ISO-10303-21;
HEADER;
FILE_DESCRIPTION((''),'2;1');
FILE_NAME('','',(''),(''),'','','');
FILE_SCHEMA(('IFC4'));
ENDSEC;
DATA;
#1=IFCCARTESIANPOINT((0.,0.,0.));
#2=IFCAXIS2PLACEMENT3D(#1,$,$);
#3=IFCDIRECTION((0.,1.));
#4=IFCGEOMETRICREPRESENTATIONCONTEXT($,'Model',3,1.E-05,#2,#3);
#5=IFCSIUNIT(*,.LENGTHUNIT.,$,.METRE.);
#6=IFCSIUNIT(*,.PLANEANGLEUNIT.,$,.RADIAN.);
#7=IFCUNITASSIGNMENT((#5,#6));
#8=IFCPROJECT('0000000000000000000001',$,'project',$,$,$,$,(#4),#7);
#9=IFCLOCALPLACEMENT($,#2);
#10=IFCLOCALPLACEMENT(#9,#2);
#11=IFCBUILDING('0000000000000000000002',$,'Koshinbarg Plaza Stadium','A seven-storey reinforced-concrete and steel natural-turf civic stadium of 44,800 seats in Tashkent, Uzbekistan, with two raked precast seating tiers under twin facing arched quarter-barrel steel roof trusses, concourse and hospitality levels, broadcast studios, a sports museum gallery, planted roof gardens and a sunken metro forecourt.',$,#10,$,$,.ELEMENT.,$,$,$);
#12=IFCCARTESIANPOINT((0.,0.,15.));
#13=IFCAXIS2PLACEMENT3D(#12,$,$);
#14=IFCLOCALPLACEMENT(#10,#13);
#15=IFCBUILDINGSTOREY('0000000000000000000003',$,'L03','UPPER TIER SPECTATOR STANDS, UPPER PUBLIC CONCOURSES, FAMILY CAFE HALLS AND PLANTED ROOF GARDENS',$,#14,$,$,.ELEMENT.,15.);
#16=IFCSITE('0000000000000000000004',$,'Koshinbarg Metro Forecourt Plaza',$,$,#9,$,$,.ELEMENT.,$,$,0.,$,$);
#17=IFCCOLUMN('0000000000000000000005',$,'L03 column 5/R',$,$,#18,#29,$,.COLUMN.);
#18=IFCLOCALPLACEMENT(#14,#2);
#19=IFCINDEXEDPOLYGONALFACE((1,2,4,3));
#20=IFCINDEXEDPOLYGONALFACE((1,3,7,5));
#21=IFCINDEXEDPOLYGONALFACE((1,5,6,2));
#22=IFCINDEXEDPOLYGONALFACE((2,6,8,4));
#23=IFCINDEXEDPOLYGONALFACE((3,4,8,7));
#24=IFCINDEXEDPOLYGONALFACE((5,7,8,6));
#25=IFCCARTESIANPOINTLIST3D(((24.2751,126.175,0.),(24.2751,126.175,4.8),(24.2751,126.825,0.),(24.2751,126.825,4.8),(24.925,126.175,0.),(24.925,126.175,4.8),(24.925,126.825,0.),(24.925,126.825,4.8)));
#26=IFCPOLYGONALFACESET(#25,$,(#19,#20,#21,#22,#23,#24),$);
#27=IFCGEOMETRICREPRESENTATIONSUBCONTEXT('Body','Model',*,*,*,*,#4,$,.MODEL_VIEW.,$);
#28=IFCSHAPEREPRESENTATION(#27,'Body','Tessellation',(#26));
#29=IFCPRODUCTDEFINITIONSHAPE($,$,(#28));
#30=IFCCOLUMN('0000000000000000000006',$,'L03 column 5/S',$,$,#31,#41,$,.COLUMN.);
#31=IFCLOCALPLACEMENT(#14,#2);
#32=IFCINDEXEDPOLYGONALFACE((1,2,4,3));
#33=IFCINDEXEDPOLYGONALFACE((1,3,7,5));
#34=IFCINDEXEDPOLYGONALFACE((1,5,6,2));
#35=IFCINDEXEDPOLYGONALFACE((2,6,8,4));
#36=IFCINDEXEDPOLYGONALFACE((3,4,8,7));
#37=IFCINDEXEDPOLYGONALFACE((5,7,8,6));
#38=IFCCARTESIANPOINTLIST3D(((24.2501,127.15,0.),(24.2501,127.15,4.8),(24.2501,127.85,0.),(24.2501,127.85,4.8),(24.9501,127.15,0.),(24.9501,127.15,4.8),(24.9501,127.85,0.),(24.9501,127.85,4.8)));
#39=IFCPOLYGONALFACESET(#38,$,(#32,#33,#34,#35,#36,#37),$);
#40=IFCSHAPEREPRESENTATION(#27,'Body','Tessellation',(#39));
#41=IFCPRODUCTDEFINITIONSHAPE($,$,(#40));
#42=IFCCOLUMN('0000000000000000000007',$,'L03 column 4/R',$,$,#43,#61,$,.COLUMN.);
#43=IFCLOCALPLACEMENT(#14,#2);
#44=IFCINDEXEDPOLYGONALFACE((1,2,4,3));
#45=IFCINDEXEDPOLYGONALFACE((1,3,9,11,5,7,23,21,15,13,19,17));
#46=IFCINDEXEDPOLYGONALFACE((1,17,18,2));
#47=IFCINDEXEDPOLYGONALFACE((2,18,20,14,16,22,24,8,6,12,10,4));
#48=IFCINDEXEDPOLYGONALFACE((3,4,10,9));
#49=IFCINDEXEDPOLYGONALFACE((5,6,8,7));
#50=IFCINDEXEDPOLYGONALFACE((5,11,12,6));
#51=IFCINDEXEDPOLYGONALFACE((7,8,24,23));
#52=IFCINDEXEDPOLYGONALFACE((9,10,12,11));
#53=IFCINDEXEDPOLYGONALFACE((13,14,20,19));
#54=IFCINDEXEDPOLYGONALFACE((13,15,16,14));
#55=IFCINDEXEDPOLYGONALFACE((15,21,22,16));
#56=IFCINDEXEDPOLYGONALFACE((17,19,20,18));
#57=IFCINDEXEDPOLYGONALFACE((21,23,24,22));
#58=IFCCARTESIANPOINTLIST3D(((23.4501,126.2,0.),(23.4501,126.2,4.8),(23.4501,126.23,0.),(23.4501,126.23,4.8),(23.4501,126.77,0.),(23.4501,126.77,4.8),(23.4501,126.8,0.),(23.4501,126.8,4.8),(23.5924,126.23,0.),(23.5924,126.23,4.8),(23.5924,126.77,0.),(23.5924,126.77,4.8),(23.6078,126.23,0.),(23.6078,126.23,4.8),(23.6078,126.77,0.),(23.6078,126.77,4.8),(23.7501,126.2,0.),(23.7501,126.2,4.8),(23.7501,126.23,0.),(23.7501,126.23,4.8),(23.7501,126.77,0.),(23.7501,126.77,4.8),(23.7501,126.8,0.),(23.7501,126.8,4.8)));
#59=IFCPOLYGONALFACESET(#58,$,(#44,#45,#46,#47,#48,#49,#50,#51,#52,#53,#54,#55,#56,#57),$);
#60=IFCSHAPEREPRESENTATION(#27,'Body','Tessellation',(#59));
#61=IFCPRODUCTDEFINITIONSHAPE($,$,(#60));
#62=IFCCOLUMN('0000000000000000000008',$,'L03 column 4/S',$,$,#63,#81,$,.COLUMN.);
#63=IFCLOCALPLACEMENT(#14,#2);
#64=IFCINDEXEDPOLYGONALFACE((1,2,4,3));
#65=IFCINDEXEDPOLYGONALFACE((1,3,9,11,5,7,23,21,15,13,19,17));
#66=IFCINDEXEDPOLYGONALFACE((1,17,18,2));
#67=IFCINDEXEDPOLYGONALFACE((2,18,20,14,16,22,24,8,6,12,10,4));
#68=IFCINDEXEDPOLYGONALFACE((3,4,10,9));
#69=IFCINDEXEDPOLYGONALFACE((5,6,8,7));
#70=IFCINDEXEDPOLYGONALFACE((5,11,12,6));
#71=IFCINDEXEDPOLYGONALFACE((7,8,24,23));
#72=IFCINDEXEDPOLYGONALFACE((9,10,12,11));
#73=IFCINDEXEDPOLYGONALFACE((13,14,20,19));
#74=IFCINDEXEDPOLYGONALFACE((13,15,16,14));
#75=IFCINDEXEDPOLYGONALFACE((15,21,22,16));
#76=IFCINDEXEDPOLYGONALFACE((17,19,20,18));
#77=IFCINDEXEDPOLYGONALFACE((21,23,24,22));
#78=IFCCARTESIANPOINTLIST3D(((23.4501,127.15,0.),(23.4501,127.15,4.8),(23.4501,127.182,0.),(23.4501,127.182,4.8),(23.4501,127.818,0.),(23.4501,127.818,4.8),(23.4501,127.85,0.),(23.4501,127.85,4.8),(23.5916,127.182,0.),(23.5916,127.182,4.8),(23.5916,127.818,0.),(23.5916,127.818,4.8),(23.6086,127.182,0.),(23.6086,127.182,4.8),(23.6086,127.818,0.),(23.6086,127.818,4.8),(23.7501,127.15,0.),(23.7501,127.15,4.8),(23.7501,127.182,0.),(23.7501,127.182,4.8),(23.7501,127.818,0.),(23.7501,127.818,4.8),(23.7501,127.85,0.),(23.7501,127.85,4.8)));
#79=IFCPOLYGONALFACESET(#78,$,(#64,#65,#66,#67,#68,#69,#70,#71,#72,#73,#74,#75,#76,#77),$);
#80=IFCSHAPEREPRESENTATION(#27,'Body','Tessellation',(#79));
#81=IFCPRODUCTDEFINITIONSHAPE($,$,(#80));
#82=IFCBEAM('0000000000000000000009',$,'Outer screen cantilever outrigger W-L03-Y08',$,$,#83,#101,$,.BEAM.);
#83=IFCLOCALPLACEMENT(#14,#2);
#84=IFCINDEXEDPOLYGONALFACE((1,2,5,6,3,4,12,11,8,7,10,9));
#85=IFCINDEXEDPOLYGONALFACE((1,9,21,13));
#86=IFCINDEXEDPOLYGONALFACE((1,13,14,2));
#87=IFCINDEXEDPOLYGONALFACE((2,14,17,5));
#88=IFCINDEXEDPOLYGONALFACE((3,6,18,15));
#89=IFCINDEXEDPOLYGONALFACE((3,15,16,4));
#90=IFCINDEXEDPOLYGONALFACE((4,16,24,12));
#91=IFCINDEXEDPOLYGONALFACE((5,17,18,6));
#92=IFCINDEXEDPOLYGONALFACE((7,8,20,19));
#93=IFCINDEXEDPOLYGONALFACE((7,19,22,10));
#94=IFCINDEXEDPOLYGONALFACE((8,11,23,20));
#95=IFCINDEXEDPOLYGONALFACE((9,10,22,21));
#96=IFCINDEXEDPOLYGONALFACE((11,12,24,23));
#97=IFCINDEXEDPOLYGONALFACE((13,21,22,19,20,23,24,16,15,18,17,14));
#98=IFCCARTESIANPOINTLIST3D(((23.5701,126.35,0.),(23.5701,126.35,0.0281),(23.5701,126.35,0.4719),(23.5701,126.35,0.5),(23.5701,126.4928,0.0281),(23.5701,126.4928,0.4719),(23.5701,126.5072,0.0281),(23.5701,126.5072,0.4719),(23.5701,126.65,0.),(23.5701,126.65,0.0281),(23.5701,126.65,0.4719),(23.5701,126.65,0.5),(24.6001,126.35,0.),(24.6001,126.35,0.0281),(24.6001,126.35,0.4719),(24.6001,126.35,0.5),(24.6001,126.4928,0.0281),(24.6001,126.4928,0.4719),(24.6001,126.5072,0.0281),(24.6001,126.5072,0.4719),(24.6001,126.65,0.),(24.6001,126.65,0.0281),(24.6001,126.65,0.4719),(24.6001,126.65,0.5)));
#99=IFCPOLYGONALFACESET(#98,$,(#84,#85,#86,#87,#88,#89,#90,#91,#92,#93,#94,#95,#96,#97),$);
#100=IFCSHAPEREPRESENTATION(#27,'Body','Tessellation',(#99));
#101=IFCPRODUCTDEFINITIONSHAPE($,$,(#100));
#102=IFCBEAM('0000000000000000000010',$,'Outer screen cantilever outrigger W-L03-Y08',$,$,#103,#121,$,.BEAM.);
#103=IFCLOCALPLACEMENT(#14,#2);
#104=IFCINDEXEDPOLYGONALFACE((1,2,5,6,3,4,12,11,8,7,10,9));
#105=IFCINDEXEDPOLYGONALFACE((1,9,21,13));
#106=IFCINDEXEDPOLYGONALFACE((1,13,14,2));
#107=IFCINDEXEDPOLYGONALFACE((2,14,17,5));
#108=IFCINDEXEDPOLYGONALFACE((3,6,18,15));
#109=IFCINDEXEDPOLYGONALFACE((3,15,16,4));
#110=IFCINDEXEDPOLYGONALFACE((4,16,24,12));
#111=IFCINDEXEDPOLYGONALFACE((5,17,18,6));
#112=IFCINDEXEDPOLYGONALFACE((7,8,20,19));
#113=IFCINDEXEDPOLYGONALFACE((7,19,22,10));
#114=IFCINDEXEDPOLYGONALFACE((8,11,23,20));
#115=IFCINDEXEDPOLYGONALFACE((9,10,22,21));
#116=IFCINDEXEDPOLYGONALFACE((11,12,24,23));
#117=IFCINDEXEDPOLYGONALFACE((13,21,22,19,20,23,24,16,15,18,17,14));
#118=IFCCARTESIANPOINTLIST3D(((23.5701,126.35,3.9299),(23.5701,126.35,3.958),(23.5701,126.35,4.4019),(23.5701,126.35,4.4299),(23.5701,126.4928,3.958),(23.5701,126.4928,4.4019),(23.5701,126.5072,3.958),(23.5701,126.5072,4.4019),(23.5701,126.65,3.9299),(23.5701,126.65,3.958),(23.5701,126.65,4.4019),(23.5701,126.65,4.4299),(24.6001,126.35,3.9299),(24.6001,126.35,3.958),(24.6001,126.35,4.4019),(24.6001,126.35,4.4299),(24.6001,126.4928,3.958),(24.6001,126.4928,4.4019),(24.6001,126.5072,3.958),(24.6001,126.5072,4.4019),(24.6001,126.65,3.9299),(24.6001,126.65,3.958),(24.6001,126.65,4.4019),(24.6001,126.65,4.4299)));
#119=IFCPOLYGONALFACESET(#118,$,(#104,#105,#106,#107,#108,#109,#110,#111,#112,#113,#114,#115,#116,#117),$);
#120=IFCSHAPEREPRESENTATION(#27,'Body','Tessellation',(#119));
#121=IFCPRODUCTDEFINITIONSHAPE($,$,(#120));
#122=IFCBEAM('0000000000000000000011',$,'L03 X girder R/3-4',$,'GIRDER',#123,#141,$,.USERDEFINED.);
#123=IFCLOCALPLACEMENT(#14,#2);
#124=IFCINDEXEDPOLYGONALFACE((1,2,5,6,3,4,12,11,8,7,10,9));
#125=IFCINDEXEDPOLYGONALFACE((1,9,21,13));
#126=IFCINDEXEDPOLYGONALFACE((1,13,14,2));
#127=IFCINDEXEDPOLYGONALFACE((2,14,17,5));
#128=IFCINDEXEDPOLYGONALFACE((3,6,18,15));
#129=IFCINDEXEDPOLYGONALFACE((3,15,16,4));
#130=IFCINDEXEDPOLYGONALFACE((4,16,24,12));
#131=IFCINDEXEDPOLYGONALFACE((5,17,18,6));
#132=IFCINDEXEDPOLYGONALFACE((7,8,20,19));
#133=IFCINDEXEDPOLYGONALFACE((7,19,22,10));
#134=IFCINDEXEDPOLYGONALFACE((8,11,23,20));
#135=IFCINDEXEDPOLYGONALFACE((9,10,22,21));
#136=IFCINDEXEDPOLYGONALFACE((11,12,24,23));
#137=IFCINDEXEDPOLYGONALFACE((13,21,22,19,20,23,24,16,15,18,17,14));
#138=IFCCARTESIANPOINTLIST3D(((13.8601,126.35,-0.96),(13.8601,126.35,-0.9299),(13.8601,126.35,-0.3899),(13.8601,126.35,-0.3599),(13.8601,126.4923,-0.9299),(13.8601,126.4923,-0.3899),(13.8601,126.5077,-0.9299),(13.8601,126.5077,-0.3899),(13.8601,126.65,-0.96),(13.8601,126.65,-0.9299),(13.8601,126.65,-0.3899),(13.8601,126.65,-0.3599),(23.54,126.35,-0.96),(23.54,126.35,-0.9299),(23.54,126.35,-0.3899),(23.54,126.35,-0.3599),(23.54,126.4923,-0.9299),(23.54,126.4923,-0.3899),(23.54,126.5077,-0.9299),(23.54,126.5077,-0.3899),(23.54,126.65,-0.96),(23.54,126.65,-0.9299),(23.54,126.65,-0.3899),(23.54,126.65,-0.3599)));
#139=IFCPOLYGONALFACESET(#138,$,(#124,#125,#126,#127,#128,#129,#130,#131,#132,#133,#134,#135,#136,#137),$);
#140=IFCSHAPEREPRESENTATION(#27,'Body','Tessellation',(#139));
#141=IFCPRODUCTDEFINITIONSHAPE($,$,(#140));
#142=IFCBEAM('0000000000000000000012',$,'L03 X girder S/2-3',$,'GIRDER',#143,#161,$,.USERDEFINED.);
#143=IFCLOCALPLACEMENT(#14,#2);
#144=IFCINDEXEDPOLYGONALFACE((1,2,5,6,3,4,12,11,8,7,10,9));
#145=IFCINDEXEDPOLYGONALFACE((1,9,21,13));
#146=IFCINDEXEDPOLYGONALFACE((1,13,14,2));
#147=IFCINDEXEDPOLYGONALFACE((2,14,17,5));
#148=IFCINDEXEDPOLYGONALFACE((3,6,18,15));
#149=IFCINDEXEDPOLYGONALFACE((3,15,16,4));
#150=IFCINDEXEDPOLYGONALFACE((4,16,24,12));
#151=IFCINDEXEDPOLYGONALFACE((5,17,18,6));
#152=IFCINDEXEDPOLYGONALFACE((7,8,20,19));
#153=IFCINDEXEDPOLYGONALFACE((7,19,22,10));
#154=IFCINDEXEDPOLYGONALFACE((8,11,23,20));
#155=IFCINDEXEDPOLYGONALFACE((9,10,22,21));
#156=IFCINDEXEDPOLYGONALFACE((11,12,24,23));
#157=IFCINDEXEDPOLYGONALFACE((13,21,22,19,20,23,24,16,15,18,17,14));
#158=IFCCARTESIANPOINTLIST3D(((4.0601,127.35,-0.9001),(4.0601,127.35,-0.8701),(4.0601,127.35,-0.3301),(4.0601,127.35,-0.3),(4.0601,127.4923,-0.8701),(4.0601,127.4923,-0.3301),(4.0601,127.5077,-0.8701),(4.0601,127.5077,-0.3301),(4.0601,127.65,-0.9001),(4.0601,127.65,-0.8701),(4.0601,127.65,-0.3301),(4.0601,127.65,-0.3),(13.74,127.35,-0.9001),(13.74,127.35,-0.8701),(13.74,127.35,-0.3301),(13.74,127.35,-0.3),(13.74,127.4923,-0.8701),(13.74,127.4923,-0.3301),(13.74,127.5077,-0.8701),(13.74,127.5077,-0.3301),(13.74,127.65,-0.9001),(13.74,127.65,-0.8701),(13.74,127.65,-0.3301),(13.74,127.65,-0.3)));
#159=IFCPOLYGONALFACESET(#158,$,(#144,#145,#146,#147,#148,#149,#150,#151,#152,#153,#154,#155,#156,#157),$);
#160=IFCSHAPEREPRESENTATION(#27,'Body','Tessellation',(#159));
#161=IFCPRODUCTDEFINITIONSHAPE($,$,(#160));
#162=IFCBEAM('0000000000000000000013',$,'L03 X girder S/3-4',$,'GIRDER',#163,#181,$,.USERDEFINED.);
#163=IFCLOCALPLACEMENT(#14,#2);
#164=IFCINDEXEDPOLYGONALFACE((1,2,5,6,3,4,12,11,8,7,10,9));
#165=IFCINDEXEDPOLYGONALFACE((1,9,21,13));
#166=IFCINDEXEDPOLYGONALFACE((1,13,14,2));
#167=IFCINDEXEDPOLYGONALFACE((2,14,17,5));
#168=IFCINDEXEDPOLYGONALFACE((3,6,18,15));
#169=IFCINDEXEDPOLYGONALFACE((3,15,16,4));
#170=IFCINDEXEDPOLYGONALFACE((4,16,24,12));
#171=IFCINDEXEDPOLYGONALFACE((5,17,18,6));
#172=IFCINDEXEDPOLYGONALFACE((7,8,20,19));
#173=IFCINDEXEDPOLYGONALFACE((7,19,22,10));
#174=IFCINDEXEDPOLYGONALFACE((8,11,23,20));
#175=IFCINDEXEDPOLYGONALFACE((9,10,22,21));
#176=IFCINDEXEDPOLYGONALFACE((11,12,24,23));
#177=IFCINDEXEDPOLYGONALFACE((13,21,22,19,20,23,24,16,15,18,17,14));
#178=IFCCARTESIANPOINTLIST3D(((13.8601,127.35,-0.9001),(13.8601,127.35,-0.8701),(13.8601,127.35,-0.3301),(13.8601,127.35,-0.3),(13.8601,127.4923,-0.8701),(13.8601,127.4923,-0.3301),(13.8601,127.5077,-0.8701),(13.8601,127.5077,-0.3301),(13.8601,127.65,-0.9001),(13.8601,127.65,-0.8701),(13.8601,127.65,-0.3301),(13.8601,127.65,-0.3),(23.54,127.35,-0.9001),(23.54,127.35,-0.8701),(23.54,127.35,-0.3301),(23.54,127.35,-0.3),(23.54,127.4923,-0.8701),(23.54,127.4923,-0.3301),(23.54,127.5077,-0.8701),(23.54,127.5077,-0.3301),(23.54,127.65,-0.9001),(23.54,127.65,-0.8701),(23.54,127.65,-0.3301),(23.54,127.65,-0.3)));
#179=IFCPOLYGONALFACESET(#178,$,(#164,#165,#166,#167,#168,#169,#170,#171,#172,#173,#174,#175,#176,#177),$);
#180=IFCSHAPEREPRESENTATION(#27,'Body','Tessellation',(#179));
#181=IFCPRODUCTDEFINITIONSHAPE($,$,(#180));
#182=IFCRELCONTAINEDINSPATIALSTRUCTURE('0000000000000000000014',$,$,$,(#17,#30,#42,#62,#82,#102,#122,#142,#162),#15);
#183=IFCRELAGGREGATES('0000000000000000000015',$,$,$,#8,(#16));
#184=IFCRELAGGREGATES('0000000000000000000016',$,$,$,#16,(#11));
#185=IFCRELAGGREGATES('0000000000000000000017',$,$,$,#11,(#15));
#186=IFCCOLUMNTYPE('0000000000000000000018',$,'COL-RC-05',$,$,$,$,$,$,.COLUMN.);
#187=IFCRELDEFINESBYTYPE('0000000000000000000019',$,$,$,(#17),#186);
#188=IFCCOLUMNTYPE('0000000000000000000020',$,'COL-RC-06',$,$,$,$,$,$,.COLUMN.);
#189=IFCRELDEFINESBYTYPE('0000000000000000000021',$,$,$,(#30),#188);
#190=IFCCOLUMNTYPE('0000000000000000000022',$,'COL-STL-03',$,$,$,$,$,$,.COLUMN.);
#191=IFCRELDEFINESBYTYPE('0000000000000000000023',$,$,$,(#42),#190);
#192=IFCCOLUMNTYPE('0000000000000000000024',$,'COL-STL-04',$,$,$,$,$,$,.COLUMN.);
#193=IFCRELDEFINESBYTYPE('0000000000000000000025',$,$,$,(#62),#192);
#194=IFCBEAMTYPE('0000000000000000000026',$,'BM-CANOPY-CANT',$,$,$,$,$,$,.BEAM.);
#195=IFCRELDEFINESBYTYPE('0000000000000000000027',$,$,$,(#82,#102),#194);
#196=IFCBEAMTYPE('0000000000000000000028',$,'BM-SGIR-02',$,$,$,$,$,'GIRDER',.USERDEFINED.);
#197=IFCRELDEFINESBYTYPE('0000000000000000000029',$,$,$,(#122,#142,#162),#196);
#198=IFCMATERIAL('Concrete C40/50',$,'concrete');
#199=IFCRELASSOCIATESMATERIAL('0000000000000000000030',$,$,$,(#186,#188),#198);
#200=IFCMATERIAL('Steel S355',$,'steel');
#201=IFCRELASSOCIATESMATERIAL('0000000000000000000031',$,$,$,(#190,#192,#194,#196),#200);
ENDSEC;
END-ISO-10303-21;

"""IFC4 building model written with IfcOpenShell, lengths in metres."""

from ifc_helpers import new_model, si_unit, direction, frame, origin, origin_2d, place, context, subcontext, project, spatial, rectangle, i_section, extrude, material, material_profile, profile_set, type_object, element, save


model = new_model("IFC4")

# Units and contexts
model_context = context("Model", 3, precision=1e-05, world=origin(), true_north=direction((0.0, 1.0)))
body_context = subcontext(model_context, "Body", "Model", "MODEL_VIEW")
ifc_project = project(units=[si_unit("LENGTHUNIT", "METRE"), si_unit("PLANEANGLEUNIT", "RADIAN")], contexts=[model_context])

# Site, building, storey
site_placement = place(None, origin())
site = spatial("IfcSite", under=ifc_project, at=site_placement, Name="Koshinbarg Metro Forecourt Plaza", CompositionType="ELEMENT", RefElevation=0.0)
building_placement = place(site_placement, origin())
building = spatial("IfcBuilding", under=site, at=building_placement, Name="Koshinbarg Plaza Stadium", Description="A seven-storey reinforced-concrete and steel natural-turf civic stadium of 44,800 seats in Tashkent, Uzbekistan, with two raked precast seating tiers under twin facing arched quarter-barrel steel roof trusses, concourse and hospitality levels, broadcast studios, a sports museum gallery, planted roof gardens and a sunken metro forecourt.", CompositionType="ELEMENT")
storey_placement = place(building_placement, frame((0.0, 0.0, 15.0)))
storey = spatial("IfcBuildingStorey", under=building, at=storey_placement, Name="L03", Description="UPPER TIER SPECTATOR STANDS, UPPER PUBLIC CONCOURSES, FAMILY CAFE HALLS AND PLANTED ROOF GARDENS", CompositionType="ELEMENT", Elevation=15.0)

# Columns
ifc_material_1 = material(Name="Concrete C40/50", Category="concrete")
ifc_material_profile_1 = material_profile(ifc_material_1, rectangle(XDim=0.6499, YDim=0.6499, at=origin_2d()), Name="RC 650x650")
ifc_profile_set_1 = profile_set([ifc_material_profile_1], Name="Concrete C40/50")
column_type_1 = type_object("IfcColumnType", Name="COL-RC-05", PredefinedType="COLUMN", material=ifc_profile_set_1)
column_1_placement = place(storey_placement, frame((24.6001, 126.5, 0.0), z_axis=(0.0, 0.0, 1.0), x_axis=(1.0, 0.0, 0.0)))
element("IfcColumn", 1, at=column_1_placement, inside=storey, type_object=column_type_1, Name="L03 column 5/R", PredefinedType="COLUMN", context=body_context, shape_type="SweptSolid", body=[
    extrude(rectangle(XDim=0.6499, YDim=0.6499, at=origin_2d()), origin(), (0.0, 0.0, 1.0), 4.8),
])
ifc_material_profile_2 = material_profile(ifc_material_1, rectangle(XDim=0.7, YDim=0.7, at=origin_2d()), Name="RC 700x700")
ifc_profile_set_2 = profile_set([ifc_material_profile_2], Name="Concrete C40/50")
column_type_2 = type_object("IfcColumnType", Name="COL-RC-06", PredefinedType="COLUMN", material=ifc_profile_set_2)
column_2_placement = place(storey_placement, frame((24.6001, 127.5, 0.0), z_axis=(0.0, 0.0, 1.0), x_axis=(1.0, 0.0, 0.0)))
element("IfcColumn", 2, at=column_2_placement, inside=storey, type_object=column_type_2, Name="L03 column 5/S", PredefinedType="COLUMN", context=body_context, shape_type="SweptSolid", body=[
    extrude(rectangle(XDim=0.7, YDim=0.7, at=origin_2d()), origin(), (0.0, 0.0, 1.0), 4.8),
])
ifc_material_2 = material(Name="Steel S355", Category="steel")
ifc_material_profile_3 = material_profile(ifc_material_2, i_section(OverallWidth=0.3, OverallDepth=0.6001, WebThickness=0.0154, FlangeThickness=0.03, at=origin_2d()), Name="HEB 600")
ifc_profile_set_3 = profile_set([ifc_material_profile_3], Name="Steel S355")
column_type_3 = type_object("IfcColumnType", Name="COL-STL-03", PredefinedType="COLUMN", material=ifc_profile_set_3)
column_3_placement = place(storey_placement, frame((23.6001, 126.5, 0.0), z_axis=(0.0, 0.0, 1.0), x_axis=(1.0, 0.0, 0.0)))
element("IfcColumn", 3, at=column_3_placement, inside=storey, type_object=column_type_3, Name="L03 column 4/R", PredefinedType="COLUMN", context=body_context, shape_type="SweptSolid", body=[
    extrude(i_section(OverallWidth=0.3, OverallDepth=0.6001, WebThickness=0.0154, FlangeThickness=0.03, at=origin_2d()), origin(), (0.0, 0.0, 1.0), 4.8),
])
ifc_material_profile_4 = material_profile(ifc_material_2, i_section(OverallWidth=0.3, OverallDepth=0.7, WebThickness=0.0171, FlangeThickness=0.032, at=origin_2d()), Name="HEB 700")
ifc_profile_set_4 = profile_set([ifc_material_profile_4], Name="Steel S355")
column_type_4 = type_object("IfcColumnType", Name="COL-STL-04", PredefinedType="COLUMN", material=ifc_profile_set_4)
column_4_placement = place(storey_placement, frame((23.6001, 127.5, 0.0), z_axis=(0.0, 0.0, 1.0), x_axis=(1.0, 0.0, 0.0)))
element("IfcColumn", 4, at=column_4_placement, inside=storey, type_object=column_type_4, Name="L03 column 4/S", PredefinedType="COLUMN", context=body_context, shape_type="SweptSolid", body=[
    extrude(i_section(OverallWidth=0.3, OverallDepth=0.7, WebThickness=0.0171, FlangeThickness=0.032, at=origin_2d()), origin(), (0.0, 0.0, 1.0), 4.8),
])

# Beams
ifc_material_profile_5 = material_profile(ifc_material_2, i_section(OverallWidth=0.3, OverallDepth=0.5, WebThickness=0.0144, FlangeThickness=0.0281, at=origin_2d()), Name="HEB 500")
ifc_profile_set_5 = profile_set([ifc_material_profile_5], Name="Steel S355")
beam_type_1 = type_object("IfcBeamType", Name="BM-CANOPY-CANT", PredefinedType="BEAM", material=ifc_profile_set_5)
for number, where, z_axis, x_axis, name in (
    (5, (24.6001, 126.5, 0.25), (-1.0, 0.0, 0.0), (0.0, -1.0, 0.0), "Outer screen cantilever outrigger W-L03-Y08"),
    (6, (24.6001, 126.5, 4.1799), (-1.0, 0.0, 0.0), (0.0, -1.0, 0.0), "Outer screen cantilever outrigger W-L03-Y08"),
):
    element("IfcBeam", number, at=place(storey_placement, frame(where, z_axis=z_axis, x_axis=x_axis)), inside=storey, type_object=beam_type_1, Name=name, PredefinedType="BEAM", context=body_context, shape_type="SweptSolid", body=[
        extrude(i_section(OverallWidth=0.3, OverallDepth=0.5, WebThickness=0.0144, FlangeThickness=0.0281, at=origin_2d()), origin(), (0.0, 0.0, 1.0), 1.03),
    ])
ifc_material_profile_6 = material_profile(ifc_material_2, i_section(OverallWidth=0.3, OverallDepth=0.6001, WebThickness=0.0154, FlangeThickness=0.03, at=origin_2d()), Name="HEB 600")
ifc_profile_set_6 = profile_set([ifc_material_profile_6], Name="Steel S355")
beam_type_2 = type_object("IfcBeamType", Name="BM-SGIR-02", ElementType="GIRDER", PredefinedType="USERDEFINED", material=ifc_profile_set_6)
for number, where, z_axis, x_axis, name in (
    (7, (13.8601, 126.5, -0.6599), (1.0, 0.0, 0.0), (0.0, 1.0, 0.0), "L03 X girder R/3-4"),
    (8, (4.0601, 127.5, -0.6001), (1.0, 0.0, 0.0), (0.0, 1.0, 0.0), "L03 X girder S/2-3"),
    (9, (13.8601, 127.5, -0.6001), (1.0, 0.0, 0.0), (0.0, 1.0, 0.0), "L03 X girder S/3-4"),
):
    element("IfcBeam", number, at=place(storey_placement, frame(where, z_axis=z_axis, x_axis=x_axis)), inside=storey, type_object=beam_type_2, Name=name, ObjectType="GIRDER", PredefinedType="USERDEFINED", context=body_context, shape_type="SweptSolid", body=[
        extrude(i_section(OverallWidth=0.3, OverallDepth=0.6001, WebThickness=0.0154, FlangeThickness=0.03, at=origin_2d()), origin(), (0.0, 0.0, 1.0), 9.6799),
    ])

save(model, "model.ifc")
